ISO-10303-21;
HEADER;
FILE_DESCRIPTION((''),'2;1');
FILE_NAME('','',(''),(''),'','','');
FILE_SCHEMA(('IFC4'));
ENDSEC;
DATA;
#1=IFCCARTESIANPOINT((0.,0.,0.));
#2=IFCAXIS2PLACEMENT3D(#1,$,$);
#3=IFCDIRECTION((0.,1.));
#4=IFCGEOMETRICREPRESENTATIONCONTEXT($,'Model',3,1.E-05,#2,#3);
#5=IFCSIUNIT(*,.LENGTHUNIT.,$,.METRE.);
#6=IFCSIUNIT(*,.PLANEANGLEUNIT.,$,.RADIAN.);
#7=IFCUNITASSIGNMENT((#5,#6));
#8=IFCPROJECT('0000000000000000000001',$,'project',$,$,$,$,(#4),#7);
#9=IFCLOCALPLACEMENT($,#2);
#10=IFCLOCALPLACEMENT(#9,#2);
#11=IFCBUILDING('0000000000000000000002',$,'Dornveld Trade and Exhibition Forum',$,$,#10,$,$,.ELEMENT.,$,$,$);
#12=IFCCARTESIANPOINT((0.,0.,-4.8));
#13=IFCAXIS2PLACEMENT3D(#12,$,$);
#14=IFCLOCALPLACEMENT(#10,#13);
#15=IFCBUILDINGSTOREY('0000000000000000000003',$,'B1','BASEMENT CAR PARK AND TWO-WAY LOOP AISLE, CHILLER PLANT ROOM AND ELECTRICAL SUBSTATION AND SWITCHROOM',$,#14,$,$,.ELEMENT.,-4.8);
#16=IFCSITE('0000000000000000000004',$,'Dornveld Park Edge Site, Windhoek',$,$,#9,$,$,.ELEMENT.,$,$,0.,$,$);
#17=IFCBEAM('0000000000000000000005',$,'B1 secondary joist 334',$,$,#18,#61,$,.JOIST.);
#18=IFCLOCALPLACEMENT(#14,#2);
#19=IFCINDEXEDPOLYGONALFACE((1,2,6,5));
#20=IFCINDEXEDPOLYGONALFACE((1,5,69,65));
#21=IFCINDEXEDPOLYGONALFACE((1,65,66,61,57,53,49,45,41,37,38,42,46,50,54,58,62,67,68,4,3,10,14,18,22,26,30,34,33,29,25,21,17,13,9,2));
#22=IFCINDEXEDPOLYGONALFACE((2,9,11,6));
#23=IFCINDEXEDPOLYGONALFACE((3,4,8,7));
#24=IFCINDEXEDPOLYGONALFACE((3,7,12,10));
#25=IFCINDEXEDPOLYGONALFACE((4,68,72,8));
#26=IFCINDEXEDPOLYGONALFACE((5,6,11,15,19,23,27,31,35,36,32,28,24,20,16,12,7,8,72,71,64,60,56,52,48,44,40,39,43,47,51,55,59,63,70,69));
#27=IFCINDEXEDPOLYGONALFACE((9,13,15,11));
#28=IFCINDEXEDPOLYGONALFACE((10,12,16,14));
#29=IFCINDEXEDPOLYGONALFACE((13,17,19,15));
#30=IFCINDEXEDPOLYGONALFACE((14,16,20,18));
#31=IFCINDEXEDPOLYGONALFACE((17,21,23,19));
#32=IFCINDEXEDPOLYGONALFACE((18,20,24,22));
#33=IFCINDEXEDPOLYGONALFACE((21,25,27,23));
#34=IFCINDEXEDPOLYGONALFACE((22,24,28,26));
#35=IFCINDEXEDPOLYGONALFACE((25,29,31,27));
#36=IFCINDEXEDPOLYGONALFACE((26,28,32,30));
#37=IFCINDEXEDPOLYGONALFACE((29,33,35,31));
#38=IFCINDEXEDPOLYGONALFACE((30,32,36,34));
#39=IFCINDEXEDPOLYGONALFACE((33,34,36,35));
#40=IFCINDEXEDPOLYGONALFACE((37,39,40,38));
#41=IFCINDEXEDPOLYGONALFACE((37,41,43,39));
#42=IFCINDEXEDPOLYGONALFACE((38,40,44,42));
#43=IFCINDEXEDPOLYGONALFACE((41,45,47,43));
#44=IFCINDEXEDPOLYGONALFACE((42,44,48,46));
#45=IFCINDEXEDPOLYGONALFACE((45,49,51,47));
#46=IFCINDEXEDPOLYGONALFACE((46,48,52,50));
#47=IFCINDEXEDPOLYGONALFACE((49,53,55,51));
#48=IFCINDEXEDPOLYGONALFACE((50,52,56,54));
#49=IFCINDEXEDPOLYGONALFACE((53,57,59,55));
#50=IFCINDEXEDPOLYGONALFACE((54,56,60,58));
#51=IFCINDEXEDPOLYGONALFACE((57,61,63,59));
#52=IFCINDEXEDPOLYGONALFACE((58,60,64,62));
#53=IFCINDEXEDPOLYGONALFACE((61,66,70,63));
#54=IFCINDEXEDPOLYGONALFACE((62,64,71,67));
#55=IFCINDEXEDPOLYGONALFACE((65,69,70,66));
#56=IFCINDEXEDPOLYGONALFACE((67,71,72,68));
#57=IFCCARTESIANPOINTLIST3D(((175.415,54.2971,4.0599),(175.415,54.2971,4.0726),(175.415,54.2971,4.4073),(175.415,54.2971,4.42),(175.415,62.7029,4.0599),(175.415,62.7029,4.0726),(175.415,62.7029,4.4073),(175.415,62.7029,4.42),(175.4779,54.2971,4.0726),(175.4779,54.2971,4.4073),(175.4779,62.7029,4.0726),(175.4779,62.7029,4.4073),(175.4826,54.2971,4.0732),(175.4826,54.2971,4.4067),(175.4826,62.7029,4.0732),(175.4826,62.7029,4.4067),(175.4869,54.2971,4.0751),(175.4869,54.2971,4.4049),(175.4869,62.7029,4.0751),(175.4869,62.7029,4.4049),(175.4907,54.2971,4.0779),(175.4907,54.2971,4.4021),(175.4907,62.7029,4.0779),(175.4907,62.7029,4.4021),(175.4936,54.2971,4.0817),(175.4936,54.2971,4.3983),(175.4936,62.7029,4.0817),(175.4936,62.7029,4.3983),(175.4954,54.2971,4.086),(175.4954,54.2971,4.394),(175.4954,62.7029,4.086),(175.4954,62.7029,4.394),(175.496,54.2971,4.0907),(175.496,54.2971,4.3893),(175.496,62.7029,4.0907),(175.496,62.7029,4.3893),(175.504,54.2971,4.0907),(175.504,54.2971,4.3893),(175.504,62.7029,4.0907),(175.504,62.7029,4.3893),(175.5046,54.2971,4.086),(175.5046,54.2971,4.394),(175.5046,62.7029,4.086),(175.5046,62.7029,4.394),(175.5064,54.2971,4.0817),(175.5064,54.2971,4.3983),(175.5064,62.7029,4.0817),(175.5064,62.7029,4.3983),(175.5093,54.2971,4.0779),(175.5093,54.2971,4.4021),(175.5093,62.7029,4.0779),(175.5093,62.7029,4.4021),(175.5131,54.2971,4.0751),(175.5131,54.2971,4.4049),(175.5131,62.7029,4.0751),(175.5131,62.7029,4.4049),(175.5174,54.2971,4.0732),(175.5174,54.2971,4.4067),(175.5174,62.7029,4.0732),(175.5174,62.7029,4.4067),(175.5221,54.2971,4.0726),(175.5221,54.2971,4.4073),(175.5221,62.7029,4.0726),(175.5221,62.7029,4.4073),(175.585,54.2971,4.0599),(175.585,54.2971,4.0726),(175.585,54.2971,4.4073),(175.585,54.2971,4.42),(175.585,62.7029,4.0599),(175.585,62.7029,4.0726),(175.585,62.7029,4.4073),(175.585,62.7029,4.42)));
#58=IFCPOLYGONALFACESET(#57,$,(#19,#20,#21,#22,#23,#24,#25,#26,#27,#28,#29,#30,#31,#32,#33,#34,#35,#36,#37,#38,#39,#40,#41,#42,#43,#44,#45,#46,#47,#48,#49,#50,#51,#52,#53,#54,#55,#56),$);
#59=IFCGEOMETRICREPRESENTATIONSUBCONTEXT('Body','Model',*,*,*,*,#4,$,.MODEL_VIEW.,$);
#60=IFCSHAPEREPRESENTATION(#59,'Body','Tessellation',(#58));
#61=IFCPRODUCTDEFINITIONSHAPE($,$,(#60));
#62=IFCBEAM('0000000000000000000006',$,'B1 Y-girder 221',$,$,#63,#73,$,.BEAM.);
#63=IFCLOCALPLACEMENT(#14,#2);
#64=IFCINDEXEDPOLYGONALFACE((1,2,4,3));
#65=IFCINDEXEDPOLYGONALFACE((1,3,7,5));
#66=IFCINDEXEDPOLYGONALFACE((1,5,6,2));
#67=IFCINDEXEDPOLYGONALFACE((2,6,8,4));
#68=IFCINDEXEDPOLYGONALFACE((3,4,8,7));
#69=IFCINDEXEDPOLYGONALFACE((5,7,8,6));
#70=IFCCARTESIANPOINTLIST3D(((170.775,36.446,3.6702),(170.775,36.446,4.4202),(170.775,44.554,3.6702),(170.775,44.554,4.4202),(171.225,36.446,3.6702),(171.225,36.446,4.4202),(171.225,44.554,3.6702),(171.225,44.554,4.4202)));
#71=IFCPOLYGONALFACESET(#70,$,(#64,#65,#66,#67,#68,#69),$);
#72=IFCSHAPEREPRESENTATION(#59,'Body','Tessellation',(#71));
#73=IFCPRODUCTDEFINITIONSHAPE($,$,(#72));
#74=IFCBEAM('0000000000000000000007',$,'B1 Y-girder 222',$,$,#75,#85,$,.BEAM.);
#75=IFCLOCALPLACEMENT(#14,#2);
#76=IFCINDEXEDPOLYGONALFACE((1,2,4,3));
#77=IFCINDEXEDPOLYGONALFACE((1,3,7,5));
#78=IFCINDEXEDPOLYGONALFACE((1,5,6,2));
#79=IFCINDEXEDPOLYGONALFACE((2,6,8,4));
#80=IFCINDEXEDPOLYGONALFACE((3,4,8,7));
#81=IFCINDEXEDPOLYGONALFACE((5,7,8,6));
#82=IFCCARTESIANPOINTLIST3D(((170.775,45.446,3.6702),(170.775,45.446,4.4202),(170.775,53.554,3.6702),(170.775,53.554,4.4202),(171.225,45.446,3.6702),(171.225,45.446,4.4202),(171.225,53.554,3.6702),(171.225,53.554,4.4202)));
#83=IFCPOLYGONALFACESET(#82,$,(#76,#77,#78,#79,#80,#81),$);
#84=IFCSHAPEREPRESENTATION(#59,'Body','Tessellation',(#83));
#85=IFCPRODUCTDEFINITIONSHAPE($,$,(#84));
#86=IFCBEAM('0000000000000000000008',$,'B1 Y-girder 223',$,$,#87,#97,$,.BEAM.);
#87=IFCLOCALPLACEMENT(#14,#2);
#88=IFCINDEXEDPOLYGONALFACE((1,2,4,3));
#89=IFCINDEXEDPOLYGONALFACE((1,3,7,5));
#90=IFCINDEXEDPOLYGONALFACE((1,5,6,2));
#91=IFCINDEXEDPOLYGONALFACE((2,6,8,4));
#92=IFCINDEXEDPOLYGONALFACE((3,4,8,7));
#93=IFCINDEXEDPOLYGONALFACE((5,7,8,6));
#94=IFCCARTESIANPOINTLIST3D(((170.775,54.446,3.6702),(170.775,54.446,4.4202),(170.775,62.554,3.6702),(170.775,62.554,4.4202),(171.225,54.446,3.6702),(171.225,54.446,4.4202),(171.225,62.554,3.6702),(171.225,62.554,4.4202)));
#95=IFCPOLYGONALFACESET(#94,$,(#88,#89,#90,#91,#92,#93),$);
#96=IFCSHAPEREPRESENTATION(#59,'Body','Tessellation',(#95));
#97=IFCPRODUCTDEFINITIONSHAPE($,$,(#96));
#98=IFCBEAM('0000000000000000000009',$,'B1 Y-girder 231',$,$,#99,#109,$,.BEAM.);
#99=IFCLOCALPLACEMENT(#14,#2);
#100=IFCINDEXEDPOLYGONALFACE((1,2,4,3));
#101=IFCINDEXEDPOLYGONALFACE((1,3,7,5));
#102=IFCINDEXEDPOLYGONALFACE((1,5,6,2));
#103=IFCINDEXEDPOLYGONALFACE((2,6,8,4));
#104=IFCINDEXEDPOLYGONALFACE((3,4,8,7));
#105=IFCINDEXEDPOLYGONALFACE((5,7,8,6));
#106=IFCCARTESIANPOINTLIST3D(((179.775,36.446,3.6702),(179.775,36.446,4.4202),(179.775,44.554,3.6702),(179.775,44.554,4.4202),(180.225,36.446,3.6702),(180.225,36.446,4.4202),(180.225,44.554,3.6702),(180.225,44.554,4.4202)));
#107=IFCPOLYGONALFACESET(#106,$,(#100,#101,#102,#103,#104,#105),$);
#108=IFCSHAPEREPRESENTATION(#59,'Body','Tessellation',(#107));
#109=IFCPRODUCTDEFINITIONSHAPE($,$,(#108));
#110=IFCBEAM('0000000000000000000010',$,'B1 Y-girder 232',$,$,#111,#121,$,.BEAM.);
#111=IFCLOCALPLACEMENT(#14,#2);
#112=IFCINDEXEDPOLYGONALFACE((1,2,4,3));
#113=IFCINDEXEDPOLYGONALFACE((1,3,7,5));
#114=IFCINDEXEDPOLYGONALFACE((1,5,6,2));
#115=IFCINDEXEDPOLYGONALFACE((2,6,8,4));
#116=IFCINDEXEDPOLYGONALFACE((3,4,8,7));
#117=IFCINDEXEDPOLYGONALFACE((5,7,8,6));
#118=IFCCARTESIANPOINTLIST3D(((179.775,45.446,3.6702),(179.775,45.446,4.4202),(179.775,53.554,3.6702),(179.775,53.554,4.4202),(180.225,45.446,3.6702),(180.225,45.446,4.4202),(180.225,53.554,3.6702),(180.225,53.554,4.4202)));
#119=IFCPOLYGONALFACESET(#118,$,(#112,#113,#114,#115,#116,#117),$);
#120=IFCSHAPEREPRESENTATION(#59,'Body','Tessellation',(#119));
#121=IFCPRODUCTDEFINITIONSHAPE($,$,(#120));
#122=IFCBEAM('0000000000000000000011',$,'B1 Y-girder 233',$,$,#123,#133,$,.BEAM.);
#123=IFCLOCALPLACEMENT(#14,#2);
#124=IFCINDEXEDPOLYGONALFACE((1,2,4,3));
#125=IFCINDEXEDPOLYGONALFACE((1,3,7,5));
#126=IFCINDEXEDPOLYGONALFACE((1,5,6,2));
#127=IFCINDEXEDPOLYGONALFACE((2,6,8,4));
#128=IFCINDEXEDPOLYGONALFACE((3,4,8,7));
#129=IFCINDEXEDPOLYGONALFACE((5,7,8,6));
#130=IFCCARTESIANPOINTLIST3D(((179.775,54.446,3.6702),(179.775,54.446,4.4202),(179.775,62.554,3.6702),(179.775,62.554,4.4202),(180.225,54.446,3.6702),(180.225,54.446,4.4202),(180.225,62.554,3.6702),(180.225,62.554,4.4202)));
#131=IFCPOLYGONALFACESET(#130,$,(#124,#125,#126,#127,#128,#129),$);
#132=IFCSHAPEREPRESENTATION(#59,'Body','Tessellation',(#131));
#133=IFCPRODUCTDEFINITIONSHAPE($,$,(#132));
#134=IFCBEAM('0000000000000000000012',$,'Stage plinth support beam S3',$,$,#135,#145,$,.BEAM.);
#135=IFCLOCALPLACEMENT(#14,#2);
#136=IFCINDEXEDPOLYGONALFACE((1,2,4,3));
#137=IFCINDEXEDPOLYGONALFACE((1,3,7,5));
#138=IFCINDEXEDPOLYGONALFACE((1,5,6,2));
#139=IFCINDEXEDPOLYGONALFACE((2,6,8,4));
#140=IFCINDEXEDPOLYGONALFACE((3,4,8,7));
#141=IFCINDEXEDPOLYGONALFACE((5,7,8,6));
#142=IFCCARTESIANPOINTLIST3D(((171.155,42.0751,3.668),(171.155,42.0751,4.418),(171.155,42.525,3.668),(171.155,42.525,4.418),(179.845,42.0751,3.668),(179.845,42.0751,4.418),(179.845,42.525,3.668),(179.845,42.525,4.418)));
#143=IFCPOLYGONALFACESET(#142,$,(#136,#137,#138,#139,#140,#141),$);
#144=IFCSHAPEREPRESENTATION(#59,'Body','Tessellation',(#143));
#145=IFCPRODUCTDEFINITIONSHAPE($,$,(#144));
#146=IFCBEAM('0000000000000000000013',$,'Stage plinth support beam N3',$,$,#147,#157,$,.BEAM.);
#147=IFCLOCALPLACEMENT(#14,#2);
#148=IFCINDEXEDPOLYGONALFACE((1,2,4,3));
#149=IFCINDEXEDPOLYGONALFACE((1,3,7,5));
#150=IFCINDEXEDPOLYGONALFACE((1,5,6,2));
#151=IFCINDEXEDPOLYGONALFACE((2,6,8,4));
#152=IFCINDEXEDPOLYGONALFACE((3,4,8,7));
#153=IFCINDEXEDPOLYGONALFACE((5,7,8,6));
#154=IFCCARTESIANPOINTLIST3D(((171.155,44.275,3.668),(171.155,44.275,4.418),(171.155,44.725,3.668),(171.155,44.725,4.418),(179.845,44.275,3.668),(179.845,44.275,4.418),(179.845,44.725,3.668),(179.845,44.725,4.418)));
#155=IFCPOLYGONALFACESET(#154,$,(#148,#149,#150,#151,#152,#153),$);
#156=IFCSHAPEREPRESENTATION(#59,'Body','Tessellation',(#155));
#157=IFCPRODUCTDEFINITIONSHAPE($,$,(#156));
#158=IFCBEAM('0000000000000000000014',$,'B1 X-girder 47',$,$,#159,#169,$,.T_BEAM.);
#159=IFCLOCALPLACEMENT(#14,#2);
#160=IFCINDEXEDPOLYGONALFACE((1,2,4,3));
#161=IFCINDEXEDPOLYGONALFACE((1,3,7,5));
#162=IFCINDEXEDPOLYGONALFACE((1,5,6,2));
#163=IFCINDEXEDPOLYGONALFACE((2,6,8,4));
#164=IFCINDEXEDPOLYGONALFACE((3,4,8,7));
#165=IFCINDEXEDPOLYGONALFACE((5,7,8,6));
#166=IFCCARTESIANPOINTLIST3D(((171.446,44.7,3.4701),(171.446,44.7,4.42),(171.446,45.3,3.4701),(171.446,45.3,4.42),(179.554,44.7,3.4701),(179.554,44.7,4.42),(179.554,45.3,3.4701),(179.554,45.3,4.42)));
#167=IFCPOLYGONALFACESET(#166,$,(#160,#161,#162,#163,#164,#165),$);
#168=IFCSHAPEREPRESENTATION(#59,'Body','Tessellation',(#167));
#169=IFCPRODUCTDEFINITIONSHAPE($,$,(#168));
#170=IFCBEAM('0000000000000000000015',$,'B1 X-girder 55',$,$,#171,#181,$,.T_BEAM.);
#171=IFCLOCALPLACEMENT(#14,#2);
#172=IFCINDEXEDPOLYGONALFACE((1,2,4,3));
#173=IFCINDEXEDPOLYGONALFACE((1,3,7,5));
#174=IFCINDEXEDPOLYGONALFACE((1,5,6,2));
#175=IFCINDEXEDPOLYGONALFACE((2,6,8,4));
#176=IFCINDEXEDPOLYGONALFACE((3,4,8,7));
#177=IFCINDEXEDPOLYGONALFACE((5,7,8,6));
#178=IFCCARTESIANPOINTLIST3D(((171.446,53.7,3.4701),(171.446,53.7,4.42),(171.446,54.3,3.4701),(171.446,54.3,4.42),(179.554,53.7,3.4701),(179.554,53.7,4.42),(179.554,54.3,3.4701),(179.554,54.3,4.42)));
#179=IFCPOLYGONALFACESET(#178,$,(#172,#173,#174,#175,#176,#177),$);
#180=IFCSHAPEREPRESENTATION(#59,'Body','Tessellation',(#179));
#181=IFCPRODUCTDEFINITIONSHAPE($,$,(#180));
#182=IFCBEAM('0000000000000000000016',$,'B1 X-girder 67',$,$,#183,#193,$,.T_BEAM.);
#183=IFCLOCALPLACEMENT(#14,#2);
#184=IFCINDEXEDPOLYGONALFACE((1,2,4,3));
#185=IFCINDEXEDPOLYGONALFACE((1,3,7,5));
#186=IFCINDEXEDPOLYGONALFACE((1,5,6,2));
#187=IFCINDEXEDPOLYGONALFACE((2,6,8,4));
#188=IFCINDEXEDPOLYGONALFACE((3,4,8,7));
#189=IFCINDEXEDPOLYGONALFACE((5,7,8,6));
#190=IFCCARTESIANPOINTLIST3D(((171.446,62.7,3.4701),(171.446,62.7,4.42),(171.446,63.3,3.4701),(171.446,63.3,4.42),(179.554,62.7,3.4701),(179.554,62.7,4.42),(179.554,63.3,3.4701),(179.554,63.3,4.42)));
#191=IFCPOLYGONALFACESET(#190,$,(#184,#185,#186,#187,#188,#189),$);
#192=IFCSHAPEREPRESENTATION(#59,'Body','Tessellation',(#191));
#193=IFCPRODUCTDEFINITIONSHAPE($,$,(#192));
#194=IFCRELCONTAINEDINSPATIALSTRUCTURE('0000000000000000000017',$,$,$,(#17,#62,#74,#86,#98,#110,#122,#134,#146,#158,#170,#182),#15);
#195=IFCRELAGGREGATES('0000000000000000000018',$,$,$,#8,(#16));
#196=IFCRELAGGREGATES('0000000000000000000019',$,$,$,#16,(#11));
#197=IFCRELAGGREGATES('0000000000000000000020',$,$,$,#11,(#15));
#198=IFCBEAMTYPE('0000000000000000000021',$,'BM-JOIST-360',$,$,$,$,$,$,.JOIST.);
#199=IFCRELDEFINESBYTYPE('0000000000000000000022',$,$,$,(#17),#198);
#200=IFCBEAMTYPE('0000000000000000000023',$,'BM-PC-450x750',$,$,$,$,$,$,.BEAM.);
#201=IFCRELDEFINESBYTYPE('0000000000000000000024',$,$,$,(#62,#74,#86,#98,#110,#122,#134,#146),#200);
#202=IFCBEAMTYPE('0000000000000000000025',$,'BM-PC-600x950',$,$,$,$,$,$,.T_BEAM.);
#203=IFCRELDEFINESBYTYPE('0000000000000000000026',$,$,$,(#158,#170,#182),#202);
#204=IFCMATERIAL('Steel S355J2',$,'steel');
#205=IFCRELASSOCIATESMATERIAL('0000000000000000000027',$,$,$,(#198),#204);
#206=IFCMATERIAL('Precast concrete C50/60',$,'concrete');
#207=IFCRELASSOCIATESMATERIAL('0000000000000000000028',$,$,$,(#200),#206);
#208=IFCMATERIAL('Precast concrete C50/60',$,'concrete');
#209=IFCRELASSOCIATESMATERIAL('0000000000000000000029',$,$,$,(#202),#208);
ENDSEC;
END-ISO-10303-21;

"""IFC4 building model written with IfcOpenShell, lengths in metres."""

from ifc_helpers import new_model, si_unit, direction, frame, origin, origin_2d, place, context, subcontext, project, spatial, rectangle, i_section, extrude, material, material_profile, profile_set, type_object, element, save


model = new_model("IFC4")

# Units and contexts
model_context = context("Model", 3, precision=1e-05, world=origin(), true_north=direction((0.0, 1.0)))
body_context = subcontext(model_context, "Body", "Model", "MODEL_VIEW")
ifc_project = project(units=[si_unit("LENGTHUNIT", "METRE"), si_unit("PLANEANGLEUNIT", "RADIAN")], contexts=[model_context])

# Site, building, storey
site_placement = place(None, origin())
site = spatial("IfcSite", under=ifc_project, at=site_placement, Name="Dornveld Park Edge Site, Windhoek", CompositionType="ELEMENT", RefElevation=0.0)
building_placement = place(site_placement, origin())
building = spatial("IfcBuilding", under=site, at=building_placement, Name="Dornveld Trade and Exhibition Forum", CompositionType="ELEMENT")
storey_placement = place(building_placement, frame((0.0, 0.0, -4.8)))
storey = spatial("IfcBuildingStorey", under=building, at=storey_placement, Name="B1", Description="BASEMENT CAR PARK AND TWO-WAY LOOP AISLE, CHILLER PLANT ROOM AND ELECTRICAL SUBSTATION AND SWITCHROOM", CompositionType="ELEMENT", Elevation=-4.8)

# Beams
ifc_material_1 = material(Name="Steel S355J2", Category="steel")
ifc_material_profile_1 = material_profile(ifc_material_1, i_section(OverallWidth=0.1699, OverallDepth=0.3601, WebThickness=0.0081, FlangeThickness=0.0127, FilletRadius=0.0181, at=origin_2d()), Name="IPE 360")
ifc_profile_set_1 = profile_set([ifc_material_profile_1], Name="Steel S355J2")
beam_type_1 = type_object("IfcBeamType", Name="BM-JOIST-360", PredefinedType="JOIST", material=ifc_profile_set_1)
for number, where, z_axis, x_axis, name in (
    (1, (175.5, 54.2971, 4.24), (0.0, 1.0, 0.0), (-1.0, 0.0, 0.0), "B1 secondary joist 334"),
):
    element("IfcBeam", number, at=place(storey_placement, frame(where, z_axis=z_axis, x_axis=x_axis)), inside=storey, type_object=beam_type_1, Name=name, PredefinedType="JOIST", context=body_context, shape_type="SweptSolid", body=[
        extrude(i_section(OverallWidth=0.1699, OverallDepth=0.3601, WebThickness=0.0081, FlangeThickness=0.0127, FilletRadius=0.0181, at=origin_2d()), origin(), (0.0, 0.0, 1.0), 8.4058),
    ])
ifc_material_2 = material(Name="Precast concrete C50/60", Category="concrete")
ifc_material_profile_2 = material_profile(ifc_material_2, rectangle(XDim=0.45, YDim=0.75, at=origin_2d()), Name="PC-BM 450x750")
ifc_profile_set_2 = profile_set([ifc_material_profile_2], Name="Precast concrete C50/60")
beam_type_2 = type_object("IfcBeamType", Name="BM-PC-450x750", PredefinedType="BEAM", material=ifc_profile_set_2)
for number, where, z_axis, x_axis, name in (
    (2, (171.0, 36.446, 4.0452), (0.0, 1.0, 0.0), (-1.0, 0.0, 0.0), "B1 Y-girder 221"),
    (3, (171.0, 45.446, 4.0452), (0.0, 1.0, 0.0), (-1.0, 0.0, 0.0), "B1 Y-girder 222"),
    (4, (171.0, 54.446, 4.0452), (0.0, 1.0, 0.0), (-1.0, 0.0, 0.0), "B1 Y-girder 223"),
    (5, (180.0, 36.446, 4.0452), (0.0, 1.0, 0.0), (-1.0, 0.0, 0.0), "B1 Y-girder 231"),
    (6, (180.0, 45.446, 4.0452), (0.0, 1.0, 0.0), (-1.0, 0.0, 0.0), "B1 Y-girder 232"),
    (7, (180.0, 54.446, 4.0452), (0.0, 1.0, 0.0), (-1.0, 0.0, 0.0), "B1 Y-girder 233"),
):
    element("IfcBeam", number, at=place(storey_placement, frame(where, z_axis=z_axis, x_axis=x_axis)), inside=storey, type_object=beam_type_2, Name=name, PredefinedType="BEAM", context=body_context, shape_type="SweptSolid", body=[
        extrude(rectangle(XDim=0.45, YDim=0.75, at=origin_2d()), origin(), (0.0, 0.0, 1.0), 8.1079),
    ])
for number, where, z_axis, x_axis, name in (
    (8, (171.155, 42.3, 4.043), (1.0, 0.0, 0.0), (0.0, 1.0, 0.0), "Stage plinth support beam S3"),
    (9, (171.155, 44.5, 4.043), (1.0, 0.0, 0.0), (0.0, 1.0, 0.0), "Stage plinth support beam N3"),
):
    element("IfcBeam", number, at=place(storey_placement, frame(where, z_axis=z_axis, x_axis=x_axis)), inside=storey, type_object=beam_type_2, Name=name, PredefinedType="BEAM", context=body_context, shape_type="SweptSolid", body=[
        extrude(rectangle(XDim=0.45, YDim=0.75, at=origin_2d()), origin(), (0.0, 0.0, 1.0), 8.6899),
    ])
ifc_material_3 = material(Name="Precast concrete C50/60", Category="concrete")
ifc_material_profile_3 = material_profile(ifc_material_3, rectangle(XDim=0.6001, YDim=0.95, at=origin_2d()), Name="PC-GIR 600x950")
ifc_profile_set_3 = profile_set([ifc_material_profile_3], Name="Precast concrete C50/60")
beam_type_3 = type_object("IfcBeamType", Name="BM-PC-600x950", PredefinedType="T_BEAM", material=ifc_profile_set_3)
for number, where, z_axis, x_axis, name in (
    (10, (171.446, 45.0, 3.9451), (1.0, 0.0, 0.0), (0.0, 1.0, 0.0), "B1 X-girder 47"),
    (11, (171.446, 54.0, 3.9451), (1.0, 0.0, 0.0), (0.0, 1.0, 0.0), "B1 X-girder 55"),
    (12, (171.446, 63.0, 3.9451), (1.0, 0.0, 0.0), (0.0, 1.0, 0.0), "B1 X-girder 67"),
):
    element("IfcBeam", number, at=place(storey_placement, frame(where, z_axis=z_axis, x_axis=x_axis)), inside=storey, type_object=beam_type_3, Name=name, PredefinedType="T_BEAM", context=body_context, shape_type="SweptSolid", body=[
        extrude(rectangle(XDim=0.6001, YDim=0.95, at=origin_2d()), origin(), (0.0, 0.0, 1.0), 8.1079),
    ])

save(model, "model.ifc")
